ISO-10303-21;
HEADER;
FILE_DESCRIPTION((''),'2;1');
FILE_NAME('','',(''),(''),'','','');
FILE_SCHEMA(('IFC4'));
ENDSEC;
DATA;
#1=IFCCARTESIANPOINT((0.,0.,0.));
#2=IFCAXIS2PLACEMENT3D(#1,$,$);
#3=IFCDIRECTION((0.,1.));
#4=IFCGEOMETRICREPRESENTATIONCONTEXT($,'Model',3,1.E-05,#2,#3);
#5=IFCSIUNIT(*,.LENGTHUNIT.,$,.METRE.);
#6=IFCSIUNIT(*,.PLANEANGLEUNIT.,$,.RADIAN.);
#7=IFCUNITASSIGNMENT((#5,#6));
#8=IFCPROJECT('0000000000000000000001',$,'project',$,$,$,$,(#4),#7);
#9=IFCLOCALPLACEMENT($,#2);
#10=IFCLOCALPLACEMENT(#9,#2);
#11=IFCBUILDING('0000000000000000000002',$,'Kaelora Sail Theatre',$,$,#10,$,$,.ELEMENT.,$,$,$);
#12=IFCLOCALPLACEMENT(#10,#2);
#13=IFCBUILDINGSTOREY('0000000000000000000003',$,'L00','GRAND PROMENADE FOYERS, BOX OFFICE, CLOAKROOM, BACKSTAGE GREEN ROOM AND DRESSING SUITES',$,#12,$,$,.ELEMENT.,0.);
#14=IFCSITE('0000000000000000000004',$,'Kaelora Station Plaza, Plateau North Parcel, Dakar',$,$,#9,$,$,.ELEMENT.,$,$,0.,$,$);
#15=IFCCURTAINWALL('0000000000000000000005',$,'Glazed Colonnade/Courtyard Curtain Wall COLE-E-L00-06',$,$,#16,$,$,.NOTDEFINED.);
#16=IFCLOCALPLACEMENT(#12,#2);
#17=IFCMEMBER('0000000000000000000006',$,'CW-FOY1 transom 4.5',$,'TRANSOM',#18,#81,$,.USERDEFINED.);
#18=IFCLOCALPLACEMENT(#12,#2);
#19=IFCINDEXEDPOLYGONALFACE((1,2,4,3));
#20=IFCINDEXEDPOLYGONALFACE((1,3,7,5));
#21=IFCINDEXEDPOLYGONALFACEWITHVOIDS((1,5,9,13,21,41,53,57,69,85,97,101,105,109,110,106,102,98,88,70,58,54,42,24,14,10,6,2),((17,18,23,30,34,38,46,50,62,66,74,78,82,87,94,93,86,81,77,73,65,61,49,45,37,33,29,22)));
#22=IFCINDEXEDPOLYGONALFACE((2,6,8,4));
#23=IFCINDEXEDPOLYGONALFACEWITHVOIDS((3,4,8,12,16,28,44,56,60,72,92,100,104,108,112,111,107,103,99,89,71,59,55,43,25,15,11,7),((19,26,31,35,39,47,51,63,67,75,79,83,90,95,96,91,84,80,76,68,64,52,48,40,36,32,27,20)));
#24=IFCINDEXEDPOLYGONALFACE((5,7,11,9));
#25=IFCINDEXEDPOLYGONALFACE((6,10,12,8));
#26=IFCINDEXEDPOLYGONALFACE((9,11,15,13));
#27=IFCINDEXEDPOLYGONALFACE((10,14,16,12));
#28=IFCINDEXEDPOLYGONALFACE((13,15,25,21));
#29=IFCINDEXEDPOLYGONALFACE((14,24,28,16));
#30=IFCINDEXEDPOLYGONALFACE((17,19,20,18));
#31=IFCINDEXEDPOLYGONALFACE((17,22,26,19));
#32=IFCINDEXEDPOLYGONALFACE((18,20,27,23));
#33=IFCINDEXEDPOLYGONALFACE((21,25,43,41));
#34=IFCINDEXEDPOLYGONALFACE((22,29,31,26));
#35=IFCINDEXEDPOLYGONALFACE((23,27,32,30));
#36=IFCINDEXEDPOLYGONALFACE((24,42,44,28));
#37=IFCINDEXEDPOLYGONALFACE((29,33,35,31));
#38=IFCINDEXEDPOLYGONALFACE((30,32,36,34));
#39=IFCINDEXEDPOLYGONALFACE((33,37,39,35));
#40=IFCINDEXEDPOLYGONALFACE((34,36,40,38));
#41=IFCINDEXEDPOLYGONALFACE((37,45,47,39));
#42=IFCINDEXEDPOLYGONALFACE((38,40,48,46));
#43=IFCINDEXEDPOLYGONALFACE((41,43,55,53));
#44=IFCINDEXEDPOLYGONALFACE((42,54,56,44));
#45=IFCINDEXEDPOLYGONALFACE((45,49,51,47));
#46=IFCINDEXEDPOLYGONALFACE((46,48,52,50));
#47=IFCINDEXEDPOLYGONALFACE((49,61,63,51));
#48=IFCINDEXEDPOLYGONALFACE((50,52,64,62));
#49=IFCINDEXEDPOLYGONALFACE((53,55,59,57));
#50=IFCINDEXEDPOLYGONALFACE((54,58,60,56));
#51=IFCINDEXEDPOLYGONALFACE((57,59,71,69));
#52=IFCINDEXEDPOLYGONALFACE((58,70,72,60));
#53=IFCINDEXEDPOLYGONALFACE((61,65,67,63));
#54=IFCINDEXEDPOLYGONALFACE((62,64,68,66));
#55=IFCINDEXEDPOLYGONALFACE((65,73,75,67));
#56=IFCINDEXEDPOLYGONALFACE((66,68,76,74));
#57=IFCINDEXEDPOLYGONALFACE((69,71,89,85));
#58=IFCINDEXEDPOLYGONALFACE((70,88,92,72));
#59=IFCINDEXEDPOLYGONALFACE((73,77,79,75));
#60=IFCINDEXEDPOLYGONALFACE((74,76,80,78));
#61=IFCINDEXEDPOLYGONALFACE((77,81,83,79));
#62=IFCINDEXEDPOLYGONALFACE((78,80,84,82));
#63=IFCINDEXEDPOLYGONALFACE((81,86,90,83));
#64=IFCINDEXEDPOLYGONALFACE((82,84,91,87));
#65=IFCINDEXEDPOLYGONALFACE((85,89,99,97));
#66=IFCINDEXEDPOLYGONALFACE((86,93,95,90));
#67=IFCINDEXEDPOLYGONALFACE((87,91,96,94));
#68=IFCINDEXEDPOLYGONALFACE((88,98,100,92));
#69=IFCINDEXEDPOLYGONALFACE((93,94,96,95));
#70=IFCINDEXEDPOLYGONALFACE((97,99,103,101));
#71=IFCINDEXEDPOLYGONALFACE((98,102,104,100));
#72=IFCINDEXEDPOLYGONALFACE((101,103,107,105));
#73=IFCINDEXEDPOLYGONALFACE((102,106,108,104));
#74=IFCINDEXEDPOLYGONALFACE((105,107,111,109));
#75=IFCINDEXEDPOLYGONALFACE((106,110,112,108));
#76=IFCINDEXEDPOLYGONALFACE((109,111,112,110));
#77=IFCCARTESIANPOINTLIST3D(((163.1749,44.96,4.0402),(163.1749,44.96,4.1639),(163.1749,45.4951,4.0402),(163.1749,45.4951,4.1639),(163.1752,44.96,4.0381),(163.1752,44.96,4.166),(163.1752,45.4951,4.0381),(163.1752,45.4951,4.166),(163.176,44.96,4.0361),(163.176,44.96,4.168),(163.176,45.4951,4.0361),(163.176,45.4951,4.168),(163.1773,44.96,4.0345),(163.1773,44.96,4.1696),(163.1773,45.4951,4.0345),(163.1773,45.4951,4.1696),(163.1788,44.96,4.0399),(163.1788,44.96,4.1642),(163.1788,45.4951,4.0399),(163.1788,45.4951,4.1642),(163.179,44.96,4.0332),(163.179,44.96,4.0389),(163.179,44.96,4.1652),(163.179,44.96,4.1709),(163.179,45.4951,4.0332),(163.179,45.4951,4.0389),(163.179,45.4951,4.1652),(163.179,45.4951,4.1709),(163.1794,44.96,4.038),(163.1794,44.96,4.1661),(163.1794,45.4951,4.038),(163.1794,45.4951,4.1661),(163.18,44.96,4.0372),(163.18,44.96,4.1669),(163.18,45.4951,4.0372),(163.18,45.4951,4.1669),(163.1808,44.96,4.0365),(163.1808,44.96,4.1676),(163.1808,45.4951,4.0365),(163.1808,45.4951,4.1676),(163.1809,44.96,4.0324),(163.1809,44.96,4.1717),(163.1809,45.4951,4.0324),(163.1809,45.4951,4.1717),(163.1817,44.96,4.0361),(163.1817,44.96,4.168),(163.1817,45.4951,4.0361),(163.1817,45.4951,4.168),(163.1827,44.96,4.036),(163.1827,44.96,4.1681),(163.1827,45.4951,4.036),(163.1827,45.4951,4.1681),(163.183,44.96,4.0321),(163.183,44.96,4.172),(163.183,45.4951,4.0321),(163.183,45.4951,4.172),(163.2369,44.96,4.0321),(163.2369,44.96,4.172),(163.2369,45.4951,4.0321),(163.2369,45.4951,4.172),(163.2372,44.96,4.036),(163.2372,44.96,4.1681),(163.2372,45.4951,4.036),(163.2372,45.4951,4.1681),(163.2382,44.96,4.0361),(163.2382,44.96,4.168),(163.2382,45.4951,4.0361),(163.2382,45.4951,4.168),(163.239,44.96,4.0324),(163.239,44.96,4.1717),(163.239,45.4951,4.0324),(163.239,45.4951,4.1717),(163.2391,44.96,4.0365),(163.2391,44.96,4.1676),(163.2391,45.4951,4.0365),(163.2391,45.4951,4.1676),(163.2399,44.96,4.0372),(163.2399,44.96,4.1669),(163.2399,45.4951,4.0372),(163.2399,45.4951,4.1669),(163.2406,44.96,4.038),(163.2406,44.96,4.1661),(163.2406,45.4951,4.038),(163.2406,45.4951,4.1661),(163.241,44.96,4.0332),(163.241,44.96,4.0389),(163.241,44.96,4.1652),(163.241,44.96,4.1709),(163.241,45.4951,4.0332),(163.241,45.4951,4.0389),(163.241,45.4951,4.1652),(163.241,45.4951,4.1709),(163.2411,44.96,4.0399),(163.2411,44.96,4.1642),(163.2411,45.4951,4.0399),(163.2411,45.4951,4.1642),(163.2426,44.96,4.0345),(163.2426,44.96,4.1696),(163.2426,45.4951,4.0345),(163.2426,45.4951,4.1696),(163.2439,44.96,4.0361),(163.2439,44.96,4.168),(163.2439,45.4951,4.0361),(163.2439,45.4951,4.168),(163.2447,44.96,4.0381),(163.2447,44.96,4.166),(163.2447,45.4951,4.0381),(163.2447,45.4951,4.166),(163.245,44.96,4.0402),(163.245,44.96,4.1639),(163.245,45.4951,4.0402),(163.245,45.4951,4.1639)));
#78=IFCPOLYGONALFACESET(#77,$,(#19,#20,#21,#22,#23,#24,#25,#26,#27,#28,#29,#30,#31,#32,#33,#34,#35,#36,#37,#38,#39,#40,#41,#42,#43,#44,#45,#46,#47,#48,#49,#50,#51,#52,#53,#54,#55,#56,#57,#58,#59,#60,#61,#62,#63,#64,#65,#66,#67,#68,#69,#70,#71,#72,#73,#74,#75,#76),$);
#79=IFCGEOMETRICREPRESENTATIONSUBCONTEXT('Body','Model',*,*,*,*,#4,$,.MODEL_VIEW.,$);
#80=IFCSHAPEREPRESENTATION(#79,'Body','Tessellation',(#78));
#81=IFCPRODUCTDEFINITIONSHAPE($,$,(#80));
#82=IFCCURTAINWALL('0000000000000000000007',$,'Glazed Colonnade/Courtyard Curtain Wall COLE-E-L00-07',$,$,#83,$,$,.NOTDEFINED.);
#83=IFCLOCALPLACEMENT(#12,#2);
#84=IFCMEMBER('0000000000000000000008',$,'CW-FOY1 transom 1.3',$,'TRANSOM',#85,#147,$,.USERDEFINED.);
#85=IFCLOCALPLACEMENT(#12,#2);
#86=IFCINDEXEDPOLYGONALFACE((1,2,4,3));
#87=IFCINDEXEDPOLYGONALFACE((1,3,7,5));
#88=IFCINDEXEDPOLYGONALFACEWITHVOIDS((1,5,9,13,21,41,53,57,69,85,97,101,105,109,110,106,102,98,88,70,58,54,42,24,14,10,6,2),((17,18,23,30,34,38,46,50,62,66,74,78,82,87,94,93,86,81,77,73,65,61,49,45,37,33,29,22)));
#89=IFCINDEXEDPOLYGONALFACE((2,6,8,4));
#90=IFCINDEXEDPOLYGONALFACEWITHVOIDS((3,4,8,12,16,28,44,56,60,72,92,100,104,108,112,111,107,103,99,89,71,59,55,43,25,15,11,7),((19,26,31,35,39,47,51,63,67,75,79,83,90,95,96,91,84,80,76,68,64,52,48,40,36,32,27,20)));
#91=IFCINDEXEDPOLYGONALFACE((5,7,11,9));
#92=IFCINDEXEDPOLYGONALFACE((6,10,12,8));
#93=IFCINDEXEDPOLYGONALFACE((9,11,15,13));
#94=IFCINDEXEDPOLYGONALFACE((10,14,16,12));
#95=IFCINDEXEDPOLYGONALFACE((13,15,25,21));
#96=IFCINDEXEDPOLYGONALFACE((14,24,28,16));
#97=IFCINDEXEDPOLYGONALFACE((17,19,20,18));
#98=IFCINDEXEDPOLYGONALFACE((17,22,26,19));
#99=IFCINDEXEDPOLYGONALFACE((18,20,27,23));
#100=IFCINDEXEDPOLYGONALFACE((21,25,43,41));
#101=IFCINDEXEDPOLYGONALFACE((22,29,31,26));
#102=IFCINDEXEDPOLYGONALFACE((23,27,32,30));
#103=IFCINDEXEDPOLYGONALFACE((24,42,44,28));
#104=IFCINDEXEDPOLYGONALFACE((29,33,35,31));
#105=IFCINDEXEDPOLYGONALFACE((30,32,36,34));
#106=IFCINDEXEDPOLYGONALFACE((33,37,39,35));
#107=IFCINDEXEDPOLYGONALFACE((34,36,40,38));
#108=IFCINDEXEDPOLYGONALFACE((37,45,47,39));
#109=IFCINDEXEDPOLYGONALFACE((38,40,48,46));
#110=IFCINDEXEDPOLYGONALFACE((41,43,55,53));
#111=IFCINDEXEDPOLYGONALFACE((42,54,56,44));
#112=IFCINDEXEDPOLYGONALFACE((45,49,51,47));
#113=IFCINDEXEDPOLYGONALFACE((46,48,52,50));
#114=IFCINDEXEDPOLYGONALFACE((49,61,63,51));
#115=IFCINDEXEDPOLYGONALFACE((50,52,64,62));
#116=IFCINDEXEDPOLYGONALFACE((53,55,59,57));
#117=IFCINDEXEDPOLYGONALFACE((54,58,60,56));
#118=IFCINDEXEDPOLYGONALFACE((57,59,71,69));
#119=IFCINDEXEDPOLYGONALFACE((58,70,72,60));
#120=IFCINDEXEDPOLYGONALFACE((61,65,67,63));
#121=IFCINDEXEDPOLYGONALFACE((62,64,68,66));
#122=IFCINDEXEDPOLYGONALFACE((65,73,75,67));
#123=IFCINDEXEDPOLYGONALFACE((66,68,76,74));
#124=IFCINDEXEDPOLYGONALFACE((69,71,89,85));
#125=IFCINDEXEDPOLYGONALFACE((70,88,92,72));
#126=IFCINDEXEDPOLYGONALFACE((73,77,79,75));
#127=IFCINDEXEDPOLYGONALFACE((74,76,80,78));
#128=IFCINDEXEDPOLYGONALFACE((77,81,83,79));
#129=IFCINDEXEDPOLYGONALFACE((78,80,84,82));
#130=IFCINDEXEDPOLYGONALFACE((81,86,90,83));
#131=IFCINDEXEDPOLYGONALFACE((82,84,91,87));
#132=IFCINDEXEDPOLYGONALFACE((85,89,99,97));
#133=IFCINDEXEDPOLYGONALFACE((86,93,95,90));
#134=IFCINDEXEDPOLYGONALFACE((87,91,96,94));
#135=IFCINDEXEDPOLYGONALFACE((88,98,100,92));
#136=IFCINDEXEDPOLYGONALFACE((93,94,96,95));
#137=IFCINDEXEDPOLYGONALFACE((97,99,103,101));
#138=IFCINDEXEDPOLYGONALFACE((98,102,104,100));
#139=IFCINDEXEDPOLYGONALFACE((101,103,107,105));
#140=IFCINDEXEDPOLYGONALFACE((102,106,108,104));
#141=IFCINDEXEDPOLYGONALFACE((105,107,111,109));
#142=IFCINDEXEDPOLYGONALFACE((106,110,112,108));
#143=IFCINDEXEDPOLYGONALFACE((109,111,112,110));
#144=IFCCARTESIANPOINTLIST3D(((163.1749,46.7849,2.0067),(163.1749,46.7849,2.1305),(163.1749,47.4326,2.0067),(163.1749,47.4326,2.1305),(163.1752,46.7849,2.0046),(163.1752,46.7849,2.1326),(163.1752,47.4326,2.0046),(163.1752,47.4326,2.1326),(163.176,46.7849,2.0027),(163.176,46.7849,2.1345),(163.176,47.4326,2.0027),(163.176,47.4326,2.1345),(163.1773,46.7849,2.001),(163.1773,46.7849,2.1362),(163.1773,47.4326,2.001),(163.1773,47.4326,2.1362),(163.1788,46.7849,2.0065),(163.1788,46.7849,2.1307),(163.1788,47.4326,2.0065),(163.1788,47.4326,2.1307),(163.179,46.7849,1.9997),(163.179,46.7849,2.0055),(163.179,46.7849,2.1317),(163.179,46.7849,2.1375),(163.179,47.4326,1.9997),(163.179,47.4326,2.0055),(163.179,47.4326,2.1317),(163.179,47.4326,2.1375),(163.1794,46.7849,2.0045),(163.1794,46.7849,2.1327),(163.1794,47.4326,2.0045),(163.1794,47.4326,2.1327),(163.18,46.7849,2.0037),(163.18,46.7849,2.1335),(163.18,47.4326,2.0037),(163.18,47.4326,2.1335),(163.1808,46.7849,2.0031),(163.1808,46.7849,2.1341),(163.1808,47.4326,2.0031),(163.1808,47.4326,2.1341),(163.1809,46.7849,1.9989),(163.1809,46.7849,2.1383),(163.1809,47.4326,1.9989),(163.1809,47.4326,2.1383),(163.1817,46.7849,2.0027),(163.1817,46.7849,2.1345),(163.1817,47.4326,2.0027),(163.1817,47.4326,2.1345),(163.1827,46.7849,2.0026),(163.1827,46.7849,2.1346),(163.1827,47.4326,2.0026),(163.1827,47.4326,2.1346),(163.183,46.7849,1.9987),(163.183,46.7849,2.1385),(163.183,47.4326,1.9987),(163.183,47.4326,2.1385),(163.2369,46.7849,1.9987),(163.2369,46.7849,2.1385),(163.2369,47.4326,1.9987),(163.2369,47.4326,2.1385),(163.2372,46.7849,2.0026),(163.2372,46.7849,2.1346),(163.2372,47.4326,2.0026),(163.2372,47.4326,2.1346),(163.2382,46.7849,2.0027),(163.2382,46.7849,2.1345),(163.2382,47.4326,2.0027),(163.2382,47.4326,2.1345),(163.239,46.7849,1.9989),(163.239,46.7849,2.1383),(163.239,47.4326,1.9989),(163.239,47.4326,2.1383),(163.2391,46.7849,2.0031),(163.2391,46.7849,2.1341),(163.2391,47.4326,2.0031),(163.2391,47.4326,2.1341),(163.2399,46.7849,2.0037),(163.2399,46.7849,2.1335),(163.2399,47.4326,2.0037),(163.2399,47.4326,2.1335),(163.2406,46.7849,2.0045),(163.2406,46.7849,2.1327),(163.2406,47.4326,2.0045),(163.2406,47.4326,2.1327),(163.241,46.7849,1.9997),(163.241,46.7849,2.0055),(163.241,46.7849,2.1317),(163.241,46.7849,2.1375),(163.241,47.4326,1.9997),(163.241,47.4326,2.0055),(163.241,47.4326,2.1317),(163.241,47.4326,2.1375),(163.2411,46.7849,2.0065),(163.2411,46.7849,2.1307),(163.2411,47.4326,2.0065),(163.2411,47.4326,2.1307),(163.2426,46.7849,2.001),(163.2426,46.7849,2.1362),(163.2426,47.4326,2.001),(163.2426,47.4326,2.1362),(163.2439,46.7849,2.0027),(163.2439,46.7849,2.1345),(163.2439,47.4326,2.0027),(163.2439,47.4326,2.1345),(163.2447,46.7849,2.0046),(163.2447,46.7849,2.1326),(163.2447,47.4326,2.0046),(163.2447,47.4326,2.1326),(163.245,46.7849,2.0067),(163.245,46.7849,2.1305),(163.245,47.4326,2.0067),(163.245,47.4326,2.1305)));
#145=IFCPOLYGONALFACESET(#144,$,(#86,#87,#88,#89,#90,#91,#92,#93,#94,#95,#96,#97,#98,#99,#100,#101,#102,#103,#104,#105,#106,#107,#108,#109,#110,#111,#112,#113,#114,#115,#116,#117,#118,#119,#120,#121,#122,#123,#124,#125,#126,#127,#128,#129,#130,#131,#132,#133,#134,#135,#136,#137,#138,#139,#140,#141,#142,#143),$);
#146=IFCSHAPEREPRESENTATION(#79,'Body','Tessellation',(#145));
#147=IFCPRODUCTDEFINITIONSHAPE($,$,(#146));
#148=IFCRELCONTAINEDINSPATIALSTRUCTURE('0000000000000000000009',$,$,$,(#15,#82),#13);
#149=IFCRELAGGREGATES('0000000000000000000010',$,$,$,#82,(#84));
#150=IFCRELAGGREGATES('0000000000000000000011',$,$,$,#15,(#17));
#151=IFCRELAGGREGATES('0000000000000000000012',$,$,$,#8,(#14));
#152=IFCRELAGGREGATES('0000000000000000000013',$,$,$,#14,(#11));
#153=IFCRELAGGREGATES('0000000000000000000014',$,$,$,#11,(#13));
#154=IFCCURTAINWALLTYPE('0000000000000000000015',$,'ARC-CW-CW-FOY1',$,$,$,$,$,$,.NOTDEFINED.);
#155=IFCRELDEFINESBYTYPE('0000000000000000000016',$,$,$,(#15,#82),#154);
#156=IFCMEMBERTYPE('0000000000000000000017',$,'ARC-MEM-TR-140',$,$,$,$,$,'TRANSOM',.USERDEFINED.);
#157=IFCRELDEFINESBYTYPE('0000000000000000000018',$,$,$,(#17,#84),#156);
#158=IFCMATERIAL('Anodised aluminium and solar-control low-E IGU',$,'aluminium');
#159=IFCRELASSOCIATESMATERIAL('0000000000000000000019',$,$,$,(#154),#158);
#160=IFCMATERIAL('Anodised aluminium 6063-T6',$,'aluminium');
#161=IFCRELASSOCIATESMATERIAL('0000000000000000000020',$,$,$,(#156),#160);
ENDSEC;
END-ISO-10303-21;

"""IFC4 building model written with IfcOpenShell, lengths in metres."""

from ifc_helpers import new_model, si_unit, direction, frame, origin, origin_2d, place, context, subcontext, project, spatial, hollow_rectangle, extrude, material, material_profile, profile_set, type_object, element, aggregate, save


model = new_model("IFC4")

# Units and contexts
model_context = context("Model", 3, precision=1e-05, world=origin(), true_north=direction((0.0, 1.0)))
body_context = subcontext(model_context, "Body", "Model", "MODEL_VIEW")
ifc_project = project(units=[si_unit("LENGTHUNIT", "METRE"), si_unit("PLANEANGLEUNIT", "RADIAN")], contexts=[model_context])

# Site, building, storey
site_placement = place(None, origin())
site = spatial("IfcSite", under=ifc_project, at=site_placement, Name="Kaelora Station Plaza, Plateau North Parcel, Dakar", CompositionType="ELEMENT", RefElevation=0.0)
building_placement = place(site_placement, origin())
building = spatial("IfcBuilding", under=site, at=building_placement, Name="Kaelora Sail Theatre", CompositionType="ELEMENT")
storey_placement = place(building_placement, origin())
storey = spatial("IfcBuildingStorey", under=building, at=storey_placement, Name="L00", Description="GRAND PROMENADE FOYERS, BOX OFFICE, CLOAKROOM, BACKSTAGE GREEN ROOM AND DRESSING SUITES", CompositionType="ELEMENT", Elevation=0.0)

# Curtain walls, members
ifc_material_1 = material(Name="Anodised aluminium and solar-control low-E IGU", Category="aluminium")
curtain_wall_type = type_object("IfcCurtainWallType", Name="ARC-CW-CW-FOY1", PredefinedType="NOTDEFINED", material=ifc_material_1)
curtain_wall_1_placement = place(storey_placement, origin())
curtain_wall_1 = element("IfcCurtainWall", 1, at=curtain_wall_1_placement, inside=storey, type_object=curtain_wall_type, Name="Glazed Colonnade/Courtyard Curtain Wall COLE-E-L00-06", PredefinedType="NOTDEFINED")
ifc_material_2 = material(Name="Anodised aluminium 6063-T6", Category="aluminium")
ifc_material_profile = material_profile(ifc_material_2, hollow_rectangle(XDim=0.0701, YDim=0.1399, WallThickness=0.0039, InnerFilletRadius=0.0039, OuterFilletRadius=0.0081, at=origin_2d()), Name="ALU-TRAN 70x140x4")
ifc_profile_set = profile_set([ifc_material_profile], Name="Anodised aluminium 6063-T6")
member_type = type_object("IfcMemberType", Name="ARC-MEM-TR-140", ElementType="TRANSOM", PredefinedType="USERDEFINED", material=ifc_profile_set)
member_1_placement = place(storey_placement, frame((163.21, 44.96, 4.1021), z_axis=(0.0, 1.0, 0.0), x_axis=(-1.0, 0.0, 0.0)))
member_1 = element("IfcMember", 2, at=member_1_placement, type_object=member_type, Name="CW-FOY1 transom 4.5", ObjectType="TRANSOM", PredefinedType="USERDEFINED", context=body_context, shape_type="SweptSolid", body=[
    extrude(hollow_rectangle(XDim=0.0701, YDim=0.1399, WallThickness=0.0039, InnerFilletRadius=0.0039, OuterFilletRadius=0.0081, at=origin_2d()), origin(), (0.0, 0.0, 1.0), 0.5352),
])
curtain_wall_2_placement = place(storey_placement, origin())
curtain_wall_2 = element("IfcCurtainWall", 3, at=curtain_wall_2_placement, inside=storey, type_object=curtain_wall_type, Name="Glazed Colonnade/Courtyard Curtain Wall COLE-E-L00-07", PredefinedType="NOTDEFINED")
member_2_placement = place(storey_placement, frame((163.21, 46.7849, 2.0686), z_axis=(0.0, 1.0, 0.0), x_axis=(-1.0, 0.0, 0.0)))
member_2 = element("IfcMember", 4, at=member_2_placement, type_object=member_type, Name="CW-FOY1 transom 1.3", ObjectType="TRANSOM", PredefinedType="USERDEFINED", context=body_context, shape_type="SweptSolid", body=[
    extrude(hollow_rectangle(XDim=0.0701, YDim=0.1399, WallThickness=0.0039, InnerFilletRadius=0.0039, OuterFilletRadius=0.0081, at=origin_2d()), origin(), (0.0, 0.0, 1.0), 0.6477),
])
aggregate(curtain_wall_2, [member_2])

aggregate(curtain_wall_1, [member_1])

save(model, "model.ifc")
